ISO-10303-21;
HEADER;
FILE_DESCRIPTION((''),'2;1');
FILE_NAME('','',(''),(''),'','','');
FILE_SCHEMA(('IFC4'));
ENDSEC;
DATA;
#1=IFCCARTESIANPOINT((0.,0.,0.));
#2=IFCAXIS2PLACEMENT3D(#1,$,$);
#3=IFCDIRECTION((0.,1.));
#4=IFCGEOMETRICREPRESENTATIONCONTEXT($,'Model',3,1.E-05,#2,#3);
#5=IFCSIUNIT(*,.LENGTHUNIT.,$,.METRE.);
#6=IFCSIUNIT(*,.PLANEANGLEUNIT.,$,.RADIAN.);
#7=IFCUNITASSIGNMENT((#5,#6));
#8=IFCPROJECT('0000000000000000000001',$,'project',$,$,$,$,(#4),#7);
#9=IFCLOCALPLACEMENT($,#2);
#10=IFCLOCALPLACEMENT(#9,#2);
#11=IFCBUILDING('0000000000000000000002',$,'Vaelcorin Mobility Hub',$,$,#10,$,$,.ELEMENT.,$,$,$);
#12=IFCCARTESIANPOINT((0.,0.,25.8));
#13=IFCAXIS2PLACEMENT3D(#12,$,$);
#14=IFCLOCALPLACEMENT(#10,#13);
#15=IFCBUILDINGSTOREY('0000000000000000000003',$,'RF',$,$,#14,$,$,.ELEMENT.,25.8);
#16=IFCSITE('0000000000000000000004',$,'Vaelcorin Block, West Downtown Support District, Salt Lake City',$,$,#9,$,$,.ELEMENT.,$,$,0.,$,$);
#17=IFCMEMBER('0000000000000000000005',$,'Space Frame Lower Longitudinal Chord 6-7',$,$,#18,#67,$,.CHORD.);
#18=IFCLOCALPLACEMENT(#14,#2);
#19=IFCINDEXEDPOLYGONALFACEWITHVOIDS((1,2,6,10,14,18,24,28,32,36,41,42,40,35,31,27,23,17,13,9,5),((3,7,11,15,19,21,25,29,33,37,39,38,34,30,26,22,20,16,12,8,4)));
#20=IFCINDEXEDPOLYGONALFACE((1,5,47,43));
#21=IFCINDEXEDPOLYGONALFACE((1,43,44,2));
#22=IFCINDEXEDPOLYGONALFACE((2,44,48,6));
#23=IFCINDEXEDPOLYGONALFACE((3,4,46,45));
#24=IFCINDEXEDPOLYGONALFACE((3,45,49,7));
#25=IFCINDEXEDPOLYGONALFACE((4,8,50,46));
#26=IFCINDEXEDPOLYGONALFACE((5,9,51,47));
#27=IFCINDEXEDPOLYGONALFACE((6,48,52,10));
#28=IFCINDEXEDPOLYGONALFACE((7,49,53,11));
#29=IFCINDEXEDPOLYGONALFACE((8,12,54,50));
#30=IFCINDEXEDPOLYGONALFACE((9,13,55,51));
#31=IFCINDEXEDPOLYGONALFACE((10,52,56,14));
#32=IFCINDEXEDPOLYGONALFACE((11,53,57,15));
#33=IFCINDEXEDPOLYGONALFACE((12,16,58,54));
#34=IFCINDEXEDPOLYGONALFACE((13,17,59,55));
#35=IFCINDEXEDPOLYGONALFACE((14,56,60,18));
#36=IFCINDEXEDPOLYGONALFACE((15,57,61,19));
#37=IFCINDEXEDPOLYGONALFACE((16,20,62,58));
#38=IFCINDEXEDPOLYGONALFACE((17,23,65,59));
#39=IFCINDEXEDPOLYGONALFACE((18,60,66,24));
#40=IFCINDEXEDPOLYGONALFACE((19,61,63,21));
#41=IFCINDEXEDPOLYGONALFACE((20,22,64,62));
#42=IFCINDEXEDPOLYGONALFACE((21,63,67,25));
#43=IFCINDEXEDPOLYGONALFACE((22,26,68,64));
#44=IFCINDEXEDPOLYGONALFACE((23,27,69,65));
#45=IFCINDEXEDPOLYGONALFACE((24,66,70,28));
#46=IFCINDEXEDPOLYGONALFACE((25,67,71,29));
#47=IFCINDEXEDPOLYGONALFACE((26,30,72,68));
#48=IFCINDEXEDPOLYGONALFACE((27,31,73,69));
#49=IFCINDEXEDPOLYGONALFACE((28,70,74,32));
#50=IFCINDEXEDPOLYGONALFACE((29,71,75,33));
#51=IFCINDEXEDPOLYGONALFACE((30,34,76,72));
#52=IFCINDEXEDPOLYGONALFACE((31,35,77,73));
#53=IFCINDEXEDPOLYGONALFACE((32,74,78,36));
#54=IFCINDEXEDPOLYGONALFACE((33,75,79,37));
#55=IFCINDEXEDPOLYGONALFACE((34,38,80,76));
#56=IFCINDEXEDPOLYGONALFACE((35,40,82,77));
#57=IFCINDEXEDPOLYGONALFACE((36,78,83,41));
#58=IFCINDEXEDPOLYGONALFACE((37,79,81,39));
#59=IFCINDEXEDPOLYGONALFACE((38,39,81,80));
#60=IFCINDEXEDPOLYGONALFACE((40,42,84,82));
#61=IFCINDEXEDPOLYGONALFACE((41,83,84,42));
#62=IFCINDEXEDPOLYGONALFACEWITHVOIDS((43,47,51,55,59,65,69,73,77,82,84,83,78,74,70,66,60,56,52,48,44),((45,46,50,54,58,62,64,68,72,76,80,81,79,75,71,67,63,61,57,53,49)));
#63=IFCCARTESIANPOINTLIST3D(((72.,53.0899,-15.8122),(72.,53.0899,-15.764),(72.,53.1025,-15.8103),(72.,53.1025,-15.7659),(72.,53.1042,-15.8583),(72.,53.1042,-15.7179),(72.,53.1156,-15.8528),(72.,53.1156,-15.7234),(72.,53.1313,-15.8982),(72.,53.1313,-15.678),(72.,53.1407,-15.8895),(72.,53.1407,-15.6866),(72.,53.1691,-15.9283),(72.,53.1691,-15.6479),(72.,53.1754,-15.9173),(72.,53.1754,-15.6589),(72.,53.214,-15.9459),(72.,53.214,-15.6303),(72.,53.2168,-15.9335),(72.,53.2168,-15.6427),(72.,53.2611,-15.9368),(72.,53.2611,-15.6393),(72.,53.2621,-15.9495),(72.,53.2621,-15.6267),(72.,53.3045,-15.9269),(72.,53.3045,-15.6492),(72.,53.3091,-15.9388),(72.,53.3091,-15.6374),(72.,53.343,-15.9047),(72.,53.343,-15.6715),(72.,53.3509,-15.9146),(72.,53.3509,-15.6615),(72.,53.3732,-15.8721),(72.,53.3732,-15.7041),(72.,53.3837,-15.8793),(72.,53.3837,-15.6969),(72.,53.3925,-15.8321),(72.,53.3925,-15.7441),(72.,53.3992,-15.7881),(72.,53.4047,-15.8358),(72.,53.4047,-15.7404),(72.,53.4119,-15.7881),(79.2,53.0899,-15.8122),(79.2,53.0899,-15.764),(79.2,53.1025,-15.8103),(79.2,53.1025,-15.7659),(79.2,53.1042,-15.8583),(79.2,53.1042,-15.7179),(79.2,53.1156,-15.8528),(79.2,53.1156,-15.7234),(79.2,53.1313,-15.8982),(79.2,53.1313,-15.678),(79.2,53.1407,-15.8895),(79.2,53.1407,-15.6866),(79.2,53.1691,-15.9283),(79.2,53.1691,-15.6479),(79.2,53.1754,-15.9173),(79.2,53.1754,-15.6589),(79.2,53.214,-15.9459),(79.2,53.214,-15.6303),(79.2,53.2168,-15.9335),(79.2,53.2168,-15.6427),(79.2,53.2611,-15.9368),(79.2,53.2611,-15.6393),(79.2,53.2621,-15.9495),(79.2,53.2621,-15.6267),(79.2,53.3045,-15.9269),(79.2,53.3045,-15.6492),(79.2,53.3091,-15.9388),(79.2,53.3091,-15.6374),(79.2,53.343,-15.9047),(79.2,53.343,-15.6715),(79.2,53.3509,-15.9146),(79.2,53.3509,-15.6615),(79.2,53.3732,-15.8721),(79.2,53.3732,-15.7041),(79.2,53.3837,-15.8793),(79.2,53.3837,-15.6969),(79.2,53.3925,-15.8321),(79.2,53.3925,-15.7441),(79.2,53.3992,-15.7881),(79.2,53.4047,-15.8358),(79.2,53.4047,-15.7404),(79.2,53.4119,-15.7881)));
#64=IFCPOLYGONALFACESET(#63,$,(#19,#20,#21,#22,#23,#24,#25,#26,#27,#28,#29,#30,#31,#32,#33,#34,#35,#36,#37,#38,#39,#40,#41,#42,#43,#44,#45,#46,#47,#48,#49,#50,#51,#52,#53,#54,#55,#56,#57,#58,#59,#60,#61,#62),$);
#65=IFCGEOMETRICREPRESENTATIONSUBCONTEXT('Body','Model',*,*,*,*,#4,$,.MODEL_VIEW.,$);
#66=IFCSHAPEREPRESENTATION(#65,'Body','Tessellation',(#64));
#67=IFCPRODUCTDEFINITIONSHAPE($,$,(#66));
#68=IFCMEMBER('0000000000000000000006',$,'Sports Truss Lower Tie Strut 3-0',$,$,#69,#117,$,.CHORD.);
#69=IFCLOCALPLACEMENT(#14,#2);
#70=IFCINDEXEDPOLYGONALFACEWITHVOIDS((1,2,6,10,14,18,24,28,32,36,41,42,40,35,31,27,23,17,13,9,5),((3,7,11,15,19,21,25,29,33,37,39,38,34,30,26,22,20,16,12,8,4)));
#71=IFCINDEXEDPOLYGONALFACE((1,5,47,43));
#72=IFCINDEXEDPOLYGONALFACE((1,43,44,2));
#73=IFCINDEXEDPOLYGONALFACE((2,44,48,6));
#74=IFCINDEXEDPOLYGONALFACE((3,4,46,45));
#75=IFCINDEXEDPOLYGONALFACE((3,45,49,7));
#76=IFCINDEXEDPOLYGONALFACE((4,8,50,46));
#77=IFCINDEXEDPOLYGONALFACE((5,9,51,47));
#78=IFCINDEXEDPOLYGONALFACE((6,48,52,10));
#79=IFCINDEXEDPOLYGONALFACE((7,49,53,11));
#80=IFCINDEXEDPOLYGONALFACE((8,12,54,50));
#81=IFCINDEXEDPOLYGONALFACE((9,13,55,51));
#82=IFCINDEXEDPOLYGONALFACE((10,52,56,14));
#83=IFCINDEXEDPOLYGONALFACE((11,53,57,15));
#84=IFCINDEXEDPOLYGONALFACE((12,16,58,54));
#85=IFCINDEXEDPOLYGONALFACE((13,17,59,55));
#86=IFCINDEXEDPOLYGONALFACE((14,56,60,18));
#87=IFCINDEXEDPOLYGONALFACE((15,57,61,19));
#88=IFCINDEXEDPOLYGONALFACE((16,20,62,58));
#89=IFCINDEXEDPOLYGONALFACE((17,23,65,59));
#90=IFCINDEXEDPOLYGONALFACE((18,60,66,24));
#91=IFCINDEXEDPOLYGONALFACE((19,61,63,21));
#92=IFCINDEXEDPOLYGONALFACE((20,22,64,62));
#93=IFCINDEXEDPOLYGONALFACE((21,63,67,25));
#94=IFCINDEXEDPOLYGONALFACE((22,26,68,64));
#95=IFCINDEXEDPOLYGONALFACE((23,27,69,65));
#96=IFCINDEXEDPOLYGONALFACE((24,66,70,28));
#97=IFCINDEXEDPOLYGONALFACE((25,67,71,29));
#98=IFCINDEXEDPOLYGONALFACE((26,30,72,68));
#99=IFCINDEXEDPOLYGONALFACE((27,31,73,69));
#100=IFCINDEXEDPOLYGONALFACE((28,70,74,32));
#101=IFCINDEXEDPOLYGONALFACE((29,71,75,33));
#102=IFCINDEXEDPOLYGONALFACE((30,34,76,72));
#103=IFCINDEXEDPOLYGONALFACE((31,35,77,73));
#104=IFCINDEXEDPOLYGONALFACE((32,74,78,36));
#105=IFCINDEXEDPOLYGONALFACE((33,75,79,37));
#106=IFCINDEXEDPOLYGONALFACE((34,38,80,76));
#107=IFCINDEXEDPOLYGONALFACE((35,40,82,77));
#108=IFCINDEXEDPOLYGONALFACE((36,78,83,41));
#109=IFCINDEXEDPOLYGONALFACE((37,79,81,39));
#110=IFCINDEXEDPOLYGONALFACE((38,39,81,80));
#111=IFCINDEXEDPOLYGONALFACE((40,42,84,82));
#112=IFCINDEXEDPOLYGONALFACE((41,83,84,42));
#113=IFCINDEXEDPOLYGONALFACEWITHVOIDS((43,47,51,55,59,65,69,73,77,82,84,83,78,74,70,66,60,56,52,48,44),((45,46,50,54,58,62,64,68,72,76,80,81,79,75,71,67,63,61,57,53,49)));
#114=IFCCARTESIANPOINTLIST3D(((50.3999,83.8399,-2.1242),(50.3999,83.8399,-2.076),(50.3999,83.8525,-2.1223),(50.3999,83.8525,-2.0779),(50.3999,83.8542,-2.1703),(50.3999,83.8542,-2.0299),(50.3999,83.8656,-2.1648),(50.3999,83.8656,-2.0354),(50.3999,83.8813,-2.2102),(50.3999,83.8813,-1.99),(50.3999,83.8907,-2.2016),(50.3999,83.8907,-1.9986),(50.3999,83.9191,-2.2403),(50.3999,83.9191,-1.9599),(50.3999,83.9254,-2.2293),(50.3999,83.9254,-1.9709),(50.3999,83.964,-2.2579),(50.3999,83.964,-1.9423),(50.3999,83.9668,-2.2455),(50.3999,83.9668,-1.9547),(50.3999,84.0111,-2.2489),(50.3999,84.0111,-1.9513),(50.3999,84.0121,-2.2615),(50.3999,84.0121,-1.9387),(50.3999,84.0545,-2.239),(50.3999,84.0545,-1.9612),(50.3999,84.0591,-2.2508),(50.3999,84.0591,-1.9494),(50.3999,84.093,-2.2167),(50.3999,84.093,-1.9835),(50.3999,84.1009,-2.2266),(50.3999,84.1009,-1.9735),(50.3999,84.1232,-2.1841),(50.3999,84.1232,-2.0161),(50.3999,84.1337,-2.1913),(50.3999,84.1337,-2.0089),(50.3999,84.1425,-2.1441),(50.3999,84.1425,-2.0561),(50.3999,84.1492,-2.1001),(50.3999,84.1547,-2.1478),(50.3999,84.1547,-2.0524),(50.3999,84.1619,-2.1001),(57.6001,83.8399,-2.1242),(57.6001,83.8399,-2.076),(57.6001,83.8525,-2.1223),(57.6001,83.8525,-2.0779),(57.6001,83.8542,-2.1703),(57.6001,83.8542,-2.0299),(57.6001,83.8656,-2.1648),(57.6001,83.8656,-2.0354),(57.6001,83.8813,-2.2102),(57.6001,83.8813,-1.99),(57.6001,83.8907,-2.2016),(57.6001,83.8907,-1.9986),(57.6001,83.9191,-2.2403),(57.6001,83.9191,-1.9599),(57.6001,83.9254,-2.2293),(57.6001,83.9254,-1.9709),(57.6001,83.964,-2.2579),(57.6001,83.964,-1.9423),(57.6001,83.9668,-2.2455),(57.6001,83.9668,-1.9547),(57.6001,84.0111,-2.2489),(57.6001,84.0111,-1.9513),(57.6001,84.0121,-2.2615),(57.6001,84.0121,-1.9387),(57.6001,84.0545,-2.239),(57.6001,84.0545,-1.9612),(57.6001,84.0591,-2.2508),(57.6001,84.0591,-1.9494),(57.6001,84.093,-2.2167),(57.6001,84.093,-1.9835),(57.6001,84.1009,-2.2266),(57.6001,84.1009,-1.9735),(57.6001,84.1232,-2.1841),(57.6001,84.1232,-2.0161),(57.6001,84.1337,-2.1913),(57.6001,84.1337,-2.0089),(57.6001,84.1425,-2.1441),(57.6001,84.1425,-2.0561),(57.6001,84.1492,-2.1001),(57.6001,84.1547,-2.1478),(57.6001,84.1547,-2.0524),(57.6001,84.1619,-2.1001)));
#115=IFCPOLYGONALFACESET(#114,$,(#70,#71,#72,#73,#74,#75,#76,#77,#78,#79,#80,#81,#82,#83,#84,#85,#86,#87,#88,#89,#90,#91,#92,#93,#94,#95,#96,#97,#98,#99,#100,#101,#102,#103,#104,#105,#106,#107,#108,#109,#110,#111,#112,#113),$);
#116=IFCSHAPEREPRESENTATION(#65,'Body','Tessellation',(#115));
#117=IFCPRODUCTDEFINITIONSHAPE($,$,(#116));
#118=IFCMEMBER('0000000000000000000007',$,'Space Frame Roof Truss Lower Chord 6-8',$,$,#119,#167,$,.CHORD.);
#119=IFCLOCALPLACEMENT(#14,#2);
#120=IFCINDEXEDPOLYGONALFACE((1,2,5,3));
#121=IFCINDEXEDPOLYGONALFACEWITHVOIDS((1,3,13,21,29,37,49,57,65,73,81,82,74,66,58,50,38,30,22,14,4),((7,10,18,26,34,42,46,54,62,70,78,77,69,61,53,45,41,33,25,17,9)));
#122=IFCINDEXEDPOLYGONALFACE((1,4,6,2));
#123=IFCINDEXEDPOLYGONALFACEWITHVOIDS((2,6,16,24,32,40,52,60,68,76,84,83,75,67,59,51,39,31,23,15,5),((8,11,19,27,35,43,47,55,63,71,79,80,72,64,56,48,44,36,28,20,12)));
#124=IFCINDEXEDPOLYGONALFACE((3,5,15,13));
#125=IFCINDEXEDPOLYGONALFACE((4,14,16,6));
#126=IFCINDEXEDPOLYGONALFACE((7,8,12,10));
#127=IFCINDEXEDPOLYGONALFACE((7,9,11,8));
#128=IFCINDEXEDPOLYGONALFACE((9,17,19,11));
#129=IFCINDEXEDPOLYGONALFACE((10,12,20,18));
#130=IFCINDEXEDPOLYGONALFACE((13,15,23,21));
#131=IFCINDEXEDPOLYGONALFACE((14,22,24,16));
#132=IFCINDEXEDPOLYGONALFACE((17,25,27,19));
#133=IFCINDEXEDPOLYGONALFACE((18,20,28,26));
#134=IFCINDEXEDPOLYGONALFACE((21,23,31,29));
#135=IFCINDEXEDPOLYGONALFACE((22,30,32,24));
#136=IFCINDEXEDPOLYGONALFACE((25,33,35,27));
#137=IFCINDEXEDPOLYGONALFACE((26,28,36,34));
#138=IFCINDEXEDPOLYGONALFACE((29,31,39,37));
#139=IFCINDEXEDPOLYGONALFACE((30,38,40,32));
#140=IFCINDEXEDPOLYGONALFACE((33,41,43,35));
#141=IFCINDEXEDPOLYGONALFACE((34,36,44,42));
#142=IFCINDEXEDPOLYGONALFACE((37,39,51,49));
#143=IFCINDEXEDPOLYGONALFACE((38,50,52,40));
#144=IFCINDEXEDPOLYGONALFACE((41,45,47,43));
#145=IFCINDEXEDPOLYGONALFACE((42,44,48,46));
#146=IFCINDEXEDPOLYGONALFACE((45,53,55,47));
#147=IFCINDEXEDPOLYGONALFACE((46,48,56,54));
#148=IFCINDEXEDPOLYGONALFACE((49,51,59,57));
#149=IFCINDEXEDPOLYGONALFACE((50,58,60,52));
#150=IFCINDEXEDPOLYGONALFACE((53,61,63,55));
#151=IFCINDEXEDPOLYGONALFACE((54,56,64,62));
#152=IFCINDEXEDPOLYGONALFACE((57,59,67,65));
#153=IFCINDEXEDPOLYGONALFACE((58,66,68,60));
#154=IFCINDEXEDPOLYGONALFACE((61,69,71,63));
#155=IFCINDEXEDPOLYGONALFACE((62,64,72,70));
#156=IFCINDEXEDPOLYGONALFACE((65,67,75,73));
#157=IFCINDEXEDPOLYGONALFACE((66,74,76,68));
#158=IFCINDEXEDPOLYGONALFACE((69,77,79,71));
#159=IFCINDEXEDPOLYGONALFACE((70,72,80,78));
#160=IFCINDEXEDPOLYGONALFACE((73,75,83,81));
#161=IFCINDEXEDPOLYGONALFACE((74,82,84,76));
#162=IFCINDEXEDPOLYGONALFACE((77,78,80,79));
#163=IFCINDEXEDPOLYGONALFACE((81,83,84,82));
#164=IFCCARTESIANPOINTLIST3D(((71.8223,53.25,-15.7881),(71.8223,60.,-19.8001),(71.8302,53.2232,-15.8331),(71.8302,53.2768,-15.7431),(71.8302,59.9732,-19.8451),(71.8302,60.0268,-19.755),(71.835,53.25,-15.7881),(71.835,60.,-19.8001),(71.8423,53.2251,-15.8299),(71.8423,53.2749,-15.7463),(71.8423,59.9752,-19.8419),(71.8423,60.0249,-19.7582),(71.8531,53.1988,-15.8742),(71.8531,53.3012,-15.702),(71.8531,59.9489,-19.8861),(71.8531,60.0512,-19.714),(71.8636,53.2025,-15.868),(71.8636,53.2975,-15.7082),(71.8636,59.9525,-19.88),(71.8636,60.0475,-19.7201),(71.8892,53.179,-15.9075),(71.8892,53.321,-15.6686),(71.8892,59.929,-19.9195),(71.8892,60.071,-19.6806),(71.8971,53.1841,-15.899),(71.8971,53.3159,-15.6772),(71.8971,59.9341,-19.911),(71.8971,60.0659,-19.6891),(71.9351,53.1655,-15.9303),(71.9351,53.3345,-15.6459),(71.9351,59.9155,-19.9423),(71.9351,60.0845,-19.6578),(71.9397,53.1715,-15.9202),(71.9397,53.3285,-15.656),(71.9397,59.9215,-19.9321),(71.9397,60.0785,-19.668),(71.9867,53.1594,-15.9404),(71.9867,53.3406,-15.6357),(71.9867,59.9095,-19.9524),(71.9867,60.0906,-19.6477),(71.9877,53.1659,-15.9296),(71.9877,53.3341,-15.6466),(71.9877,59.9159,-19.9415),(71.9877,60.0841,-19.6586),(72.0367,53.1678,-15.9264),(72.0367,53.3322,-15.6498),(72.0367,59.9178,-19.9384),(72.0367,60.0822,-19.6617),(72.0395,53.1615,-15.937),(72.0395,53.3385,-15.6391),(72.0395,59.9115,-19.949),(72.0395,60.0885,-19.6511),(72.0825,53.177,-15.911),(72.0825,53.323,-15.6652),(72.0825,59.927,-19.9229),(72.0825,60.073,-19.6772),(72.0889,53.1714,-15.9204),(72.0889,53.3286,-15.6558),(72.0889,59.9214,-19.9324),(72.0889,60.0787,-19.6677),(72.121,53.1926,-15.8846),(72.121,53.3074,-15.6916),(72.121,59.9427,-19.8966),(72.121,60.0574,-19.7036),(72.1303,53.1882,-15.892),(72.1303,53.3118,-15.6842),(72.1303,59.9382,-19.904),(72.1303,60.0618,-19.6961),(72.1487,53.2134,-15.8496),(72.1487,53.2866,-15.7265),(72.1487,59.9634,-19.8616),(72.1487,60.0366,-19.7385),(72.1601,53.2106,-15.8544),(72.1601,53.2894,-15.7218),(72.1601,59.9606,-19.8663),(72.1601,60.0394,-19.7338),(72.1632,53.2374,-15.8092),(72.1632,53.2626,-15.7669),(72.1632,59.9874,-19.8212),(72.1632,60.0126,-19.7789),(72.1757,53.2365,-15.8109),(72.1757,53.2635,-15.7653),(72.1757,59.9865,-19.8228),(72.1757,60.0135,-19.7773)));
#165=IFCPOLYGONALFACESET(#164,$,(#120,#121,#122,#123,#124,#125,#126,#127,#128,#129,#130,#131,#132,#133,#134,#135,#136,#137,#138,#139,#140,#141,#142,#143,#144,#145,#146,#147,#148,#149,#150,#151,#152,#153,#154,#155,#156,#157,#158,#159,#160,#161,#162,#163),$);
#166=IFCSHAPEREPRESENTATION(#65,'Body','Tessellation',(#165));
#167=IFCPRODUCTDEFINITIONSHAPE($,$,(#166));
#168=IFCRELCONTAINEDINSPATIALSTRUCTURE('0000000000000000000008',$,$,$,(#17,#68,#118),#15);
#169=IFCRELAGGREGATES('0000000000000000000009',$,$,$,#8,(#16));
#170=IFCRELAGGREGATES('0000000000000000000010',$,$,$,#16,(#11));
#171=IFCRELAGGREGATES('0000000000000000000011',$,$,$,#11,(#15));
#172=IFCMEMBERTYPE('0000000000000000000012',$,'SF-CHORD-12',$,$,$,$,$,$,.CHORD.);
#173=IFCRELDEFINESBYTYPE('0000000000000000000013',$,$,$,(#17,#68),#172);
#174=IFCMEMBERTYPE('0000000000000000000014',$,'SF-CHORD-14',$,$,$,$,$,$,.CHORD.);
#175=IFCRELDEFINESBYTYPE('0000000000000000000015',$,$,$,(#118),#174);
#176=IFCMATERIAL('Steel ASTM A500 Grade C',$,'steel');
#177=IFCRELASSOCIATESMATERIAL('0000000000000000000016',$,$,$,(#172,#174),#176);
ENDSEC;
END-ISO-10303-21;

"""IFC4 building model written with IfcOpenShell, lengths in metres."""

from ifc_helpers import new_model, si_unit, direction, frame, origin, origin_2d, place, context, subcontext, project, spatial, hollow_circle, extrude, material, material_profile, profile_set, type_object, element, save


model = new_model("IFC4")

# Units and contexts
model_context = context("Model", 3, precision=1e-05, world=origin(), true_north=direction((0.0, 1.0)))
body_context = subcontext(model_context, "Body", "Model", "MODEL_VIEW")
ifc_project = project(units=[si_unit("LENGTHUNIT", "METRE"), si_unit("PLANEANGLEUNIT", "RADIAN")], contexts=[model_context])

# Site, building, storey
site_placement = place(None, origin())
site = spatial("IfcSite", under=ifc_project, at=site_placement, Name="Vaelcorin Block, West Downtown Support District, Salt Lake City", CompositionType="ELEMENT", RefElevation=0.0)
building_placement = place(site_placement, origin())
building = spatial("IfcBuilding", under=site, at=building_placement, Name="Vaelcorin Mobility Hub", CompositionType="ELEMENT")
storey_placement = place(building_placement, frame((0.0, 0.0, 25.8)))
storey = spatial("IfcBuildingStorey", under=building, at=storey_placement, Name="RF", CompositionType="ELEMENT", Elevation=25.8)

# Members
ifc_material_1 = material(Name="Steel ASTM A500 Grade C", Category="steel")
ifc_material_profile_1 = material_profile(ifc_material_1, hollow_circle(Radius=0.1619, WallThickness=0.0127, at=origin_2d()), Name="HSS12.750X0.500")
ifc_profile_set_1 = profile_set([ifc_material_profile_1], Name="Steel ASTM A500 Grade C")
member_type_1 = type_object("IfcMemberType", Name="SF-CHORD-12", PredefinedType="CHORD", material=ifc_profile_set_1)
member_1_placement = place(storey_placement, frame((72.0, 53.25, -15.7881), z_axis=(1.0, 0.0, 0.0), x_axis=(0.0, 1.0, 0.0)))
element("IfcMember", 1, at=member_1_placement, inside=storey, type_object=member_type_1, Name="Space Frame Lower Longitudinal Chord 6-7", PredefinedType="CHORD", context=body_context, shape_type="SweptSolid", body=[
    extrude(hollow_circle(Radius=0.1619, WallThickness=0.0127, at=origin_2d()), origin(), (0.0, 0.0, 1.0), 7.2),
])
member_2_placement = place(storey_placement, frame((50.3999, 84.0, -2.1001), z_axis=(1.0, 0.0, 0.0), x_axis=(0.0, 1.0, 0.0)))
element("IfcMember", 2, at=member_2_placement, inside=storey, type_object=member_type_1, Name="Sports Truss Lower Tie Strut 3-0", PredefinedType="CHORD", context=body_context, shape_type="SweptSolid", body=[
    extrude(hollow_circle(Radius=0.1619, WallThickness=0.0127, at=origin_2d()), origin(), (0.0, 0.0, 1.0), 7.2002),
])
ifc_material_profile_2 = material_profile(ifc_material_1, hollow_circle(Radius=0.1777, WallThickness=0.0127, at=origin_2d()), Name="HSS14.000X0.500")
ifc_profile_set_2 = profile_set([ifc_material_profile_2], Name="Steel ASTM A500 Grade C")
member_type_2 = type_object("IfcMemberType", Name="SF-CHORD-14", PredefinedType="CHORD", material=ifc_profile_set_2)
member_3_placement = place(storey_placement, frame((72.0, 53.25, -15.7881), z_axis=(0.0, 0.859623, -0.510929), x_axis=(-1.0, 0.0, 0.0)))
element("IfcMember", 3, at=member_3_placement, inside=storey, type_object=member_type_2, Name="Space Frame Roof Truss Lower Chord 6-8", PredefinedType="CHORD", context=body_context, shape_type="SweptSolid", body=[
    extrude(hollow_circle(Radius=0.1777, WallThickness=0.0127, at=origin_2d()), origin(), (0.0, 0.0, 1.0), 7.8523),
])

save(model, "model.ifc")
